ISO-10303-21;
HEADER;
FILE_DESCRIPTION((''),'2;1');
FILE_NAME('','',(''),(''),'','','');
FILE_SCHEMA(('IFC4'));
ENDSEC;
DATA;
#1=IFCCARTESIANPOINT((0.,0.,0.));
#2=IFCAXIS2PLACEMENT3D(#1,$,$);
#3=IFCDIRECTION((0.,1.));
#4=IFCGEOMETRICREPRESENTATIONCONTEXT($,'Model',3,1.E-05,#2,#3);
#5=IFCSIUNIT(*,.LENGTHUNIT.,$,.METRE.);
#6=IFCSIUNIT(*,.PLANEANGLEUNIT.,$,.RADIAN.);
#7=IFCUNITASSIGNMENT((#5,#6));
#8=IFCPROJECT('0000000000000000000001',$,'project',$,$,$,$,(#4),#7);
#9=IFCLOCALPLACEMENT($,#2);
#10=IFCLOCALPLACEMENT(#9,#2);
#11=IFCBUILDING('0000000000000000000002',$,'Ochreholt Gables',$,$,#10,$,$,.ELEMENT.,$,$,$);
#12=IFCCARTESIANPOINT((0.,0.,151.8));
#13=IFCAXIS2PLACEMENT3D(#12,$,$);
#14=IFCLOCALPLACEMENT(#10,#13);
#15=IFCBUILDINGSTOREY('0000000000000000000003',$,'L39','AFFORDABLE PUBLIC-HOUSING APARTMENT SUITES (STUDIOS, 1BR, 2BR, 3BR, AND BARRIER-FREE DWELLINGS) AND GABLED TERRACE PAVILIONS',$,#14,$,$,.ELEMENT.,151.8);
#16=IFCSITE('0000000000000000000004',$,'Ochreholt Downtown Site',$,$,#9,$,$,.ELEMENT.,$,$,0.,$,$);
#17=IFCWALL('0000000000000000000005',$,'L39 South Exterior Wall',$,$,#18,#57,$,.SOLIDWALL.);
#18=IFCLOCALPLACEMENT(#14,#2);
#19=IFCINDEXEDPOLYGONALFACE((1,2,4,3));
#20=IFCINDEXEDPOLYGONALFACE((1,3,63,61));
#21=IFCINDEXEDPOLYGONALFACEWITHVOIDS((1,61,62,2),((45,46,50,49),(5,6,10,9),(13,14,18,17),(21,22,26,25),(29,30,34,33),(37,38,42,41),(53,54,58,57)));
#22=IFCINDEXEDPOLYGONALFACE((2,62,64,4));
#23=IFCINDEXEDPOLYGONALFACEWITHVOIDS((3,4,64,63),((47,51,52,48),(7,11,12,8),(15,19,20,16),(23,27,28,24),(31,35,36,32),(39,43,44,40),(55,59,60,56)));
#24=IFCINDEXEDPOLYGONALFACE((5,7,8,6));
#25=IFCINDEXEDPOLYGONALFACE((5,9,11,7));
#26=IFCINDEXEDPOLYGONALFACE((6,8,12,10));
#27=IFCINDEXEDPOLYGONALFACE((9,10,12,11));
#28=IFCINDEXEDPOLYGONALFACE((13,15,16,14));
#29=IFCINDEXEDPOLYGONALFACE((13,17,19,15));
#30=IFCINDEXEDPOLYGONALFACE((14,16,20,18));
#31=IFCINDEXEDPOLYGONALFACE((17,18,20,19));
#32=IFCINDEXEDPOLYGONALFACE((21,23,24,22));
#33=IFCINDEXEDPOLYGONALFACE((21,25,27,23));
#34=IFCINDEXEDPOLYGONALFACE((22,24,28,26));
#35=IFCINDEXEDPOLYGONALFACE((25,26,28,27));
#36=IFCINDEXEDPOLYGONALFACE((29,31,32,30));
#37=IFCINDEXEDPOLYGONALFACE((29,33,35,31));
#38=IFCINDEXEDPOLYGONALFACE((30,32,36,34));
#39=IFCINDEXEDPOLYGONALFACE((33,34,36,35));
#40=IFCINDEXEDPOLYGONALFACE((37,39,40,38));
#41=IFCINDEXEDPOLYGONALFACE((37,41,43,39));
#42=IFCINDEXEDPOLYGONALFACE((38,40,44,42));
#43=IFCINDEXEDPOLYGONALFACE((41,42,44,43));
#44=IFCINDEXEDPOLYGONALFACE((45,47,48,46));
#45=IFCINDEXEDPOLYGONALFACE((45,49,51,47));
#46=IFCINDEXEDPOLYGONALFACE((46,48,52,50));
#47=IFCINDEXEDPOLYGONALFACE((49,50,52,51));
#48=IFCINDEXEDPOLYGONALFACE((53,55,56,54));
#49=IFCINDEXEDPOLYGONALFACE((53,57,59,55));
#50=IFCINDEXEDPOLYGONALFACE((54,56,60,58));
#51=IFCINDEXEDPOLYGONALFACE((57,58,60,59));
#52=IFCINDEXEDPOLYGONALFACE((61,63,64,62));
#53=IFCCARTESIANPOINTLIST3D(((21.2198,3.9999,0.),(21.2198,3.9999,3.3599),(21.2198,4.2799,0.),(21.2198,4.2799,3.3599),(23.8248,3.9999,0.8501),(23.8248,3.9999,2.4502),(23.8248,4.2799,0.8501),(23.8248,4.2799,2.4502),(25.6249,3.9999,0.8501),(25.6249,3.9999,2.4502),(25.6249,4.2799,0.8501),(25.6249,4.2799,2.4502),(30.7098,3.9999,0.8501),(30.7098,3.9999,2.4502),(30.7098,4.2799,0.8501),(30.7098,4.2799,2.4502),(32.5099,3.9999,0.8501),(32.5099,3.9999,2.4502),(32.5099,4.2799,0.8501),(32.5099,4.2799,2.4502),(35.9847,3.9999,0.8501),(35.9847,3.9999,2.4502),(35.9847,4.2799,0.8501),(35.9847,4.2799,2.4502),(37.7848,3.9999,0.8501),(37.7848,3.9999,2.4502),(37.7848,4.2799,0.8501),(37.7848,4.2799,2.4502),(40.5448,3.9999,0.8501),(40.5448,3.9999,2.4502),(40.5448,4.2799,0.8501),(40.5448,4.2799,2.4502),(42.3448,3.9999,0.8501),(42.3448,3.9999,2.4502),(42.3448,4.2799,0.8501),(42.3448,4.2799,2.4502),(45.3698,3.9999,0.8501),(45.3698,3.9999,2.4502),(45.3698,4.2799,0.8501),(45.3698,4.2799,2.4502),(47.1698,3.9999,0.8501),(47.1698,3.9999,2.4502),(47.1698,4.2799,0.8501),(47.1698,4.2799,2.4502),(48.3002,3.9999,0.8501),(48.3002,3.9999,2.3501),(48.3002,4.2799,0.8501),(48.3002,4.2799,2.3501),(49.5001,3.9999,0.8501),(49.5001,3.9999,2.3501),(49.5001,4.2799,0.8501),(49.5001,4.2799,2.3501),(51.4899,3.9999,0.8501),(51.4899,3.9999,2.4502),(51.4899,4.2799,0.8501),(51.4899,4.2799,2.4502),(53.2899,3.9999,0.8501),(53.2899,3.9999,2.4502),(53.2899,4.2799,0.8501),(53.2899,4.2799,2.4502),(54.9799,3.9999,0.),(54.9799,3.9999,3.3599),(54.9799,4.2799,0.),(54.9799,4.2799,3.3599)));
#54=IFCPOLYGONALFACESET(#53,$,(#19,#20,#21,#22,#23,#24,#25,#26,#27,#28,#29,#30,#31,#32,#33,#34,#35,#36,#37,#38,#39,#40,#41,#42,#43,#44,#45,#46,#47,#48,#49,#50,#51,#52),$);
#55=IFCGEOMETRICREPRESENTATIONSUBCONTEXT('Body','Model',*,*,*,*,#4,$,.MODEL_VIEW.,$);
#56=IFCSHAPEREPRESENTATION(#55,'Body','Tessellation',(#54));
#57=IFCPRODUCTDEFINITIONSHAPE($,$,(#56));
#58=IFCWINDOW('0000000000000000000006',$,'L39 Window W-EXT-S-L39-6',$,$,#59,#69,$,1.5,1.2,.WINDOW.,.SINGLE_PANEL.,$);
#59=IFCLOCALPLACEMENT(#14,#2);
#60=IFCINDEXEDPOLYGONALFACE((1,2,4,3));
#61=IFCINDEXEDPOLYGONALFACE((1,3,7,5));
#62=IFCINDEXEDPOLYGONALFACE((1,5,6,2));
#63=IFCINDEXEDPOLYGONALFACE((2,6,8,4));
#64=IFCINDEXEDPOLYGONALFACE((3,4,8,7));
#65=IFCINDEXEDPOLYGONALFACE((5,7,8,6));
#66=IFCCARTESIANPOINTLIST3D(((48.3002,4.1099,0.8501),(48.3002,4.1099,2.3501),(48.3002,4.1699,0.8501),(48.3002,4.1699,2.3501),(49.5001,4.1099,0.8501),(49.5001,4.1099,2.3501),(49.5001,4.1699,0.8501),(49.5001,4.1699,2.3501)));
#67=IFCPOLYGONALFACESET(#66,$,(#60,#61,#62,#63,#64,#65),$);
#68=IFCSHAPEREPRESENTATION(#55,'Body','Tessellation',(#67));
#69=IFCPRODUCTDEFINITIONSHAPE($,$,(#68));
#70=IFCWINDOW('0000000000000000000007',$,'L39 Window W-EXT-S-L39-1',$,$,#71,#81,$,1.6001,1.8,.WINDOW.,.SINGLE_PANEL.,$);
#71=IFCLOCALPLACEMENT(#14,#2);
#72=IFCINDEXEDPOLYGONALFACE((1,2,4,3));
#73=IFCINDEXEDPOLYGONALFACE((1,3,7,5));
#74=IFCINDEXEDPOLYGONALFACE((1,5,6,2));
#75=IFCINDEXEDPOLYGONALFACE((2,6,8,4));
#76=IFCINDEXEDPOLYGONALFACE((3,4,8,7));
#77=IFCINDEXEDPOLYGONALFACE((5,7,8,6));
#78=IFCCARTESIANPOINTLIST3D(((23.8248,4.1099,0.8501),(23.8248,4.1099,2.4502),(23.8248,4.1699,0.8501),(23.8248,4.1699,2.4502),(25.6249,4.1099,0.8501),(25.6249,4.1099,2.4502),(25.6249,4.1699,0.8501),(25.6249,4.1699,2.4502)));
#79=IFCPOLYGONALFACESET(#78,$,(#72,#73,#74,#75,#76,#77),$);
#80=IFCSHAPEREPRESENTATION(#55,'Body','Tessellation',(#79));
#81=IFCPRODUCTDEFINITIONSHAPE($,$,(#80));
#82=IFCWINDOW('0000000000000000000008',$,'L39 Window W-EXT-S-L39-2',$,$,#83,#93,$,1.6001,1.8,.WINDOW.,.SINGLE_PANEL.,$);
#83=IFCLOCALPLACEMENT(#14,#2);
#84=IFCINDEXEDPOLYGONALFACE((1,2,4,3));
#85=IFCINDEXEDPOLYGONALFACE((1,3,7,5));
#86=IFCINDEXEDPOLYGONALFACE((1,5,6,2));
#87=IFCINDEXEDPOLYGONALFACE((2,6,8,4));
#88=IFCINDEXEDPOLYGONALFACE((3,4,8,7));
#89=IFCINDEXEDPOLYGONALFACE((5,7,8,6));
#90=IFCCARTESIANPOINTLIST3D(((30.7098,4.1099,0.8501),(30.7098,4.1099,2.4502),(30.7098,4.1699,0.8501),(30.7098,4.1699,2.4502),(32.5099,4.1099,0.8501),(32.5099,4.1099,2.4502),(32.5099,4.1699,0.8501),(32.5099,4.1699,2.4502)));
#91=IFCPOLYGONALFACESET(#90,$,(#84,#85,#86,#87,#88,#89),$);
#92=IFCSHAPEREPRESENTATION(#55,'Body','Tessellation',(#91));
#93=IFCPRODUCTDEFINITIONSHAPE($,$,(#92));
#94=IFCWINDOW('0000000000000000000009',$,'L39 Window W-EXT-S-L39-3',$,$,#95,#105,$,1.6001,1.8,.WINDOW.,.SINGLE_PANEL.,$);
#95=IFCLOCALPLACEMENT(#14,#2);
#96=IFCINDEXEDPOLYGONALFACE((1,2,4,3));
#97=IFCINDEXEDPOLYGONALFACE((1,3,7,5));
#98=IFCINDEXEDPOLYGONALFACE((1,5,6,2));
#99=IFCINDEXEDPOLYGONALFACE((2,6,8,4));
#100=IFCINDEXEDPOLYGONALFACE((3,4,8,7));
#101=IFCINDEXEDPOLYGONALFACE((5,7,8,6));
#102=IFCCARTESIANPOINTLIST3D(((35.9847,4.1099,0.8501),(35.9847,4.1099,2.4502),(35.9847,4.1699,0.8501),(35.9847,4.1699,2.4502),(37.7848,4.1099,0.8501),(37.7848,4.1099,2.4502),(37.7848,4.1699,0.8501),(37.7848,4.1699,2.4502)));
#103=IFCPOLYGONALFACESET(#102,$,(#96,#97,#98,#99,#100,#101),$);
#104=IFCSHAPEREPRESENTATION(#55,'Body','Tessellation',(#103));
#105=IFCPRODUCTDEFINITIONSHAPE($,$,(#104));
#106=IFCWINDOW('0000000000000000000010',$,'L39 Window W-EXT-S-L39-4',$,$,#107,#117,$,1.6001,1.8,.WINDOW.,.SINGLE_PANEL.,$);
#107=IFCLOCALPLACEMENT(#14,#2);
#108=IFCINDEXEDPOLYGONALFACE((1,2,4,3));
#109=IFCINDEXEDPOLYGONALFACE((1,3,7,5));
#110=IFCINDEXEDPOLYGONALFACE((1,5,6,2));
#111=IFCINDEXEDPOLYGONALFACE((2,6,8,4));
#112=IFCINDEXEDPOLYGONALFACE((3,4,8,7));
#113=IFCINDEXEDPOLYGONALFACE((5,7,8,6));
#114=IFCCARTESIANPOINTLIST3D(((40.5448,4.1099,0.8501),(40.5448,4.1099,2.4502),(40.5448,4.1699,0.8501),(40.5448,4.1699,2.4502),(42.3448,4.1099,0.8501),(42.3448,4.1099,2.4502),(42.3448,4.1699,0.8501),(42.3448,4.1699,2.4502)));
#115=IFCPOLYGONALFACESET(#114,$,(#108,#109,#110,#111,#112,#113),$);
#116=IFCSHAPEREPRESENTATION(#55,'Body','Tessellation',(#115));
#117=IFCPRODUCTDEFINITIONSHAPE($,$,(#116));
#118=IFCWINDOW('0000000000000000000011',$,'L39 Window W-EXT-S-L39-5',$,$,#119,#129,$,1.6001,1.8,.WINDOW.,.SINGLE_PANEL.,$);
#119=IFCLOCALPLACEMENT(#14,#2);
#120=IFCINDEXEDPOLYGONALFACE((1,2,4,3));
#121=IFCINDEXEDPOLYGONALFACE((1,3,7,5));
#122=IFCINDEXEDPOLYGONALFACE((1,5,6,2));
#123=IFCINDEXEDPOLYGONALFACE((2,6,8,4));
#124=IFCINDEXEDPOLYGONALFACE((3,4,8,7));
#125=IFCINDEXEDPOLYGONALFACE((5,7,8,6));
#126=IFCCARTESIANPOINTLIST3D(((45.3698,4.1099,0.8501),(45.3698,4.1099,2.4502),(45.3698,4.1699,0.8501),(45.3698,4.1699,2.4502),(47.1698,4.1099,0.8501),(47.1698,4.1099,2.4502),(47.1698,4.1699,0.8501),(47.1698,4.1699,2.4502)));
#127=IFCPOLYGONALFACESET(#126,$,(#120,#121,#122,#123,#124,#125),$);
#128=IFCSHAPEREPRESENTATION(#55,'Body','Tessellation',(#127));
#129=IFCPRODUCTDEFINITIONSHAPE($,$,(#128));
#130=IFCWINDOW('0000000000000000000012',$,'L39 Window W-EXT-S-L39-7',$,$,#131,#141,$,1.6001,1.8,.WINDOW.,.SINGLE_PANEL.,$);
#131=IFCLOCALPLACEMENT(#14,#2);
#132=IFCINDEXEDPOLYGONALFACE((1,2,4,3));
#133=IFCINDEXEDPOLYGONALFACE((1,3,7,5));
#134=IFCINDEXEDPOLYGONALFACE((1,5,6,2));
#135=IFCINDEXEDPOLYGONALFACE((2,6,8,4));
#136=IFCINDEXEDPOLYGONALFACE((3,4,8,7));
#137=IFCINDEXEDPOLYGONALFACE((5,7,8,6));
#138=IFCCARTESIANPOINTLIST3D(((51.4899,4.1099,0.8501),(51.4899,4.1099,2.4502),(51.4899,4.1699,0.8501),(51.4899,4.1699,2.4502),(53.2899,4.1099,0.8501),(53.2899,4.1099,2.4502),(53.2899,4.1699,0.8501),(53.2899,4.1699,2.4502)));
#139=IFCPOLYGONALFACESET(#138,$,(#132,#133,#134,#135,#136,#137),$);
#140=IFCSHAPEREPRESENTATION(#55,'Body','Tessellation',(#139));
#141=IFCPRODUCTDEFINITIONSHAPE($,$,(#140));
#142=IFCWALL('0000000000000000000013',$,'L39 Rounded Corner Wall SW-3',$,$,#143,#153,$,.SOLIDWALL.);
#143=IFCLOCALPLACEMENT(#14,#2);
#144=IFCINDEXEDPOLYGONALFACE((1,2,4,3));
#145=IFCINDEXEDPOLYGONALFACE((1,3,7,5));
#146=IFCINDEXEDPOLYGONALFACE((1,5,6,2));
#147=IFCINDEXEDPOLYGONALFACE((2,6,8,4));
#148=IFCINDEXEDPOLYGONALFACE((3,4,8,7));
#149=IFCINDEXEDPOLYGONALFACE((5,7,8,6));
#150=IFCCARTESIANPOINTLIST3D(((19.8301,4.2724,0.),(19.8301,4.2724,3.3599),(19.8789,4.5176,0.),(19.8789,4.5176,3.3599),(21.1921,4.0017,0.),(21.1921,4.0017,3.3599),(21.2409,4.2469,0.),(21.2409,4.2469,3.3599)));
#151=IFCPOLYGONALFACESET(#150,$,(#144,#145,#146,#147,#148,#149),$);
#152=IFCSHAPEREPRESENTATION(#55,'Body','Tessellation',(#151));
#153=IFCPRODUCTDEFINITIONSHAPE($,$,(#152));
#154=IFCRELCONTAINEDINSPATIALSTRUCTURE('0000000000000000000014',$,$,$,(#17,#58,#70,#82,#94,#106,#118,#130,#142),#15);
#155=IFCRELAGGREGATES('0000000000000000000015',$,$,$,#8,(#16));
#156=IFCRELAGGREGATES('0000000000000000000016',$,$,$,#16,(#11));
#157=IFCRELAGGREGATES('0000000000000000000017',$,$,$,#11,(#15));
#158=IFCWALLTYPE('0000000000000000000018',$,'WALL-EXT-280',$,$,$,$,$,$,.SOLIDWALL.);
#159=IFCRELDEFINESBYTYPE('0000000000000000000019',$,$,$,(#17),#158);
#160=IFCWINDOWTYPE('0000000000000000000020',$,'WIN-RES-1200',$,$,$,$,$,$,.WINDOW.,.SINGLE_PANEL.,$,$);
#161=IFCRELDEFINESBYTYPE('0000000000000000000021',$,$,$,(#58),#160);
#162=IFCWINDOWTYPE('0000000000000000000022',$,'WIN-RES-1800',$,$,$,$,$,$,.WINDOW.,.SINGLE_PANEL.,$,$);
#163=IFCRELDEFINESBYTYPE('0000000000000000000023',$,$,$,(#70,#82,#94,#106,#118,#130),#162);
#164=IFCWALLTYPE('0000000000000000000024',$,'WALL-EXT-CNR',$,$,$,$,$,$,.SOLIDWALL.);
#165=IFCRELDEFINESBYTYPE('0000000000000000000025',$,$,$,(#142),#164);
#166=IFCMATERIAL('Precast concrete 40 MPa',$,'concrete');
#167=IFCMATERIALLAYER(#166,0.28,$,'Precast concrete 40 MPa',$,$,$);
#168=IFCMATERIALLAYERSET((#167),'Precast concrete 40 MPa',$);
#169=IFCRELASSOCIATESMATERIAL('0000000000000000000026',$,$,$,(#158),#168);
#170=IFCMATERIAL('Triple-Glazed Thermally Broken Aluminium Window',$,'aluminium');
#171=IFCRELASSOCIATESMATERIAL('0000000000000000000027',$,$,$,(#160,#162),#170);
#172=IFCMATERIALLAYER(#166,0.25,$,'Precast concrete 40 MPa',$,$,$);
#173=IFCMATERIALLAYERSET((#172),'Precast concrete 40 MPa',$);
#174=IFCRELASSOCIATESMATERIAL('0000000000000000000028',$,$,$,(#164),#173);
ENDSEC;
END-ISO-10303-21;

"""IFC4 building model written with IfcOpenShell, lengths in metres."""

from ifc_helpers import new_model, si_unit, direction, frame, frame_2d, origin, place, context, subcontext, project, spatial, rectangle, extrude, material, layer, layer_set, type_object, element, fill, save


model = new_model("IFC4")

# Units and contexts
model_context = context("Model", 3, precision=1e-05, world=origin(), true_north=direction((0.0, 1.0)))
body_context = subcontext(model_context, "Body", "Model", "MODEL_VIEW")
ifc_project = project(units=[si_unit("LENGTHUNIT", "METRE"), si_unit("PLANEANGLEUNIT", "RADIAN")], contexts=[model_context])

# Site, building, storey
site_placement = place(None, origin())
site = spatial("IfcSite", under=ifc_project, at=site_placement, Name="Ochreholt Downtown Site", CompositionType="ELEMENT", RefElevation=0.0)
building_placement = place(site_placement, origin())
building = spatial("IfcBuilding", under=site, at=building_placement, Name="Ochreholt Gables", CompositionType="ELEMENT")
storey_placement = place(building_placement, frame((0.0, 0.0, 151.8)))
storey = spatial("IfcBuildingStorey", under=building, at=storey_placement, Name="L39", Description="AFFORDABLE PUBLIC-HOUSING APARTMENT SUITES (STUDIOS, 1BR, 2BR, 3BR, AND BARRIER-FREE DWELLINGS) AND GABLED TERRACE PAVILIONS", CompositionType="ELEMENT", Elevation=151.8)

# Wall, openings, windows
ifc_material_1 = material(Name="Precast concrete 40 MPa", Category="concrete")
ifc_layer_1 = layer(ifc_material_1, 0.28, Name="Precast concrete 40 MPa")
ifc_layer_set_1 = layer_set([ifc_layer_1], Name="Precast concrete 40 MPa")
wall_type_1 = type_object("IfcWallType", Name="WALL-EXT-280", PredefinedType="SOLIDWALL", material=ifc_layer_set_1)
wall_1_placement = place(storey_placement, frame((21.22, 4.1399, 0.0), z_axis=(0.0, 0.0, 1.0), x_axis=(1.0, 0.0, 0.0)))
wall_1 = element("IfcWall", 1, at=wall_1_placement, inside=storey, type_object=wall_type_1, Name="L39 South Exterior Wall", PredefinedType="SOLIDWALL", context=body_context, shape_type="SweptSolid", body=[
    extrude(rectangle(XDim=33.76, YDim=0.28, at=frame_2d((16.8799, 0.0))), origin(), (0.0, 0.0, 1.0), 3.3599),
])
opening_1_placement = place(wall_1_placement, frame((2.605, 0.0, 0.8501)))
opening_1 = element("IfcOpeningElement", 2, at=opening_1_placement, cuts=wall_1, PredefinedType="OPENING", context=body_context, shape_type="SweptSolid", body=[
    extrude(rectangle(XDim=1.8, YDim=1.6001, at=frame_2d((0.8999, 0.8))), frame((0.0, 0.1499, 0.0), z_axis=(0.0, -1.0, 0.0), x_axis=(1.0, 0.0, 0.0)), (0.0, 0.0, 1.0), 0.3),
])
opening_2_placement = place(wall_1_placement, frame((9.49, 0.0, 0.8501)))
opening_2 = element("IfcOpeningElement", 3, at=opening_2_placement, cuts=wall_1, PredefinedType="OPENING", context=body_context, shape_type="SweptSolid", body=[
    extrude(rectangle(XDim=1.8, YDim=1.6001, at=frame_2d((0.8999, 0.8))), frame((0.0, 0.1499, 0.0), z_axis=(0.0, -1.0, 0.0), x_axis=(1.0, 0.0, 0.0)), (0.0, 0.0, 1.0), 0.3),
])
opening_3_placement = place(wall_1_placement, frame((14.7649, 0.0, 0.8501)))
opening_3 = element("IfcOpeningElement", 4, at=opening_3_placement, cuts=wall_1, PredefinedType="OPENING", context=body_context, shape_type="SweptSolid", body=[
    extrude(rectangle(XDim=1.8, YDim=1.6001, at=frame_2d((0.8999, 0.8))), frame((0.0, 0.1499, 0.0), z_axis=(0.0, -1.0, 0.0), x_axis=(1.0, 0.0, 0.0)), (0.0, 0.0, 1.0), 0.3),
])
opening_4_placement = place(wall_1_placement, frame((19.325, 0.0, 0.8501)))
opening_4 = element("IfcOpeningElement", 5, at=opening_4_placement, cuts=wall_1, PredefinedType="OPENING", context=body_context, shape_type="SweptSolid", body=[
    extrude(rectangle(XDim=1.8, YDim=1.6001, at=frame_2d((0.8999, 0.8))), frame((0.0, 0.1499, 0.0), z_axis=(0.0, -1.0, 0.0), x_axis=(1.0, 0.0, 0.0)), (0.0, 0.0, 1.0), 0.3),
])
opening_5_placement = place(wall_1_placement, frame((24.1499, 0.0, 0.8501)))
opening_5 = element("IfcOpeningElement", 6, at=opening_5_placement, cuts=wall_1, PredefinedType="OPENING", context=body_context, shape_type="SweptSolid", body=[
    extrude(rectangle(XDim=1.8, YDim=1.6001, at=frame_2d((0.8999, 0.8))), frame((0.0, 0.1499, 0.0), z_axis=(0.0, -1.0, 0.0), x_axis=(1.0, 0.0, 0.0)), (0.0, 0.0, 1.0), 0.3),
])
opening_6_placement = place(wall_1_placement, frame((27.0801, 0.0, 0.8501)))
opening_6 = element("IfcOpeningElement", 7, at=opening_6_placement, cuts=wall_1, PredefinedType="OPENING", context=body_context, shape_type="SweptSolid", body=[
    extrude(rectangle(XDim=1.2, YDim=1.5, at=frame_2d((0.6001, 0.75))), frame((0.0, 0.1499, 0.0), z_axis=(0.0, -1.0, 0.0), x_axis=(1.0, 0.0, 0.0)), (0.0, 0.0, 1.0), 0.3),
])
opening_7_placement = place(wall_1_placement, frame((30.27, 0.0, 0.8501)))
opening_7 = element("IfcOpeningElement", 8, at=opening_7_placement, cuts=wall_1, PredefinedType="OPENING", context=body_context, shape_type="SweptSolid", body=[
    extrude(rectangle(XDim=1.8, YDim=1.6001, at=frame_2d((0.8999, 0.8))), frame((0.0, 0.1499, 0.0), z_axis=(0.0, -1.0, 0.0), x_axis=(1.0, 0.0, 0.0)), (0.0, 0.0, 1.0), 0.3),
])
ifc_material_2 = material(Name="Triple-Glazed Thermally Broken Aluminium Window", Category="aluminium")
window_type_1 = type_object("IfcWindowType", Name="WIN-RES-1200", PartitioningType="SINGLE_PANEL", PredefinedType="WINDOW", material=ifc_material_2)
window_1_placement = place(opening_6_placement, origin())
window_1 = element("IfcWindow", 9, at=window_1_placement, inside=storey, type_object=window_type_1, Name="L39 Window W-EXT-S-L39-6", OverallHeight=1.5, OverallWidth=1.2, PartitioningType="SINGLE_PANEL", PredefinedType="WINDOW", context=body_context, shape_type="SweptSolid", body=[
    extrude(rectangle(XDim=1.2, YDim=1.5, at=frame_2d((0.6001, 0.75))), frame((0.0, 0.03, 0.0), z_axis=(0.0, -1.0, 0.0), x_axis=(1.0, 0.0, 0.0)), (0.0, 0.0, 1.0), 0.0601),
])
fill(opening_6, window_1)
window_type_2 = type_object("IfcWindowType", Name="WIN-RES-1800", PartitioningType="SINGLE_PANEL", PredefinedType="WINDOW", material=ifc_material_2)
window_2_placement = place(opening_1_placement, origin())
window_2 = element("IfcWindow", 10, at=window_2_placement, inside=storey, type_object=window_type_2, Name="L39 Window W-EXT-S-L39-1", OverallHeight=1.6001, OverallWidth=1.8, PartitioningType="SINGLE_PANEL", PredefinedType="WINDOW", context=body_context, shape_type="SweptSolid", body=[
    extrude(rectangle(XDim=1.8, YDim=1.6001, at=frame_2d((0.8999, 0.8))), frame((0.0, 0.03, 0.0), z_axis=(0.0, -1.0, 0.0), x_axis=(1.0, 0.0, 0.0)), (0.0, 0.0, 1.0), 0.0601),
])
fill(opening_1, window_2)
window_3_placement = place(opening_2_placement, origin())
window_3 = element("IfcWindow", 11, at=window_3_placement, inside=storey, type_object=window_type_2, Name="L39 Window W-EXT-S-L39-2", OverallHeight=1.6001, OverallWidth=1.8, PartitioningType="SINGLE_PANEL", PredefinedType="WINDOW", context=body_context, shape_type="SweptSolid", body=[
    extrude(rectangle(XDim=1.8, YDim=1.6001, at=frame_2d((0.8999, 0.8))), frame((0.0, 0.03, 0.0), z_axis=(0.0, -1.0, 0.0), x_axis=(1.0, 0.0, 0.0)), (0.0, 0.0, 1.0), 0.0601),
])
fill(opening_2, window_3)
window_4_placement = place(opening_3_placement, origin())
window_4 = element("IfcWindow", 12, at=window_4_placement, inside=storey, type_object=window_type_2, Name="L39 Window W-EXT-S-L39-3", OverallHeight=1.6001, OverallWidth=1.8, PartitioningType="SINGLE_PANEL", PredefinedType="WINDOW", context=body_context, shape_type="SweptSolid", body=[
    extrude(rectangle(XDim=1.8, YDim=1.6001, at=frame_2d((0.8999, 0.8))), frame((0.0, 0.03, 0.0), z_axis=(0.0, -1.0, 0.0), x_axis=(1.0, 0.0, 0.0)), (0.0, 0.0, 1.0), 0.0601),
])
fill(opening_3, window_4)
window_5_placement = place(opening_4_placement, origin())
window_5 = element("IfcWindow", 13, at=window_5_placement, inside=storey, type_object=window_type_2, Name="L39 Window W-EXT-S-L39-4", OverallHeight=1.6001, OverallWidth=1.8, PartitioningType="SINGLE_PANEL", PredefinedType="WINDOW", context=body_context, shape_type="SweptSolid", body=[
    extrude(rectangle(XDim=1.8, YDim=1.6001, at=frame_2d((0.8999, 0.8))), frame((0.0, 0.03, 0.0), z_axis=(0.0, -1.0, 0.0), x_axis=(1.0, 0.0, 0.0)), (0.0, 0.0, 1.0), 0.0601),
])
fill(opening_4, window_5)
window_6_placement = place(opening_5_placement, origin())
window_6 = element("IfcWindow", 14, at=window_6_placement, inside=storey, type_object=window_type_2, Name="L39 Window W-EXT-S-L39-5", OverallHeight=1.6001, OverallWidth=1.8, PartitioningType="SINGLE_PANEL", PredefinedType="WINDOW", context=body_context, shape_type="SweptSolid", body=[
    extrude(rectangle(XDim=1.8, YDim=1.6001, at=frame_2d((0.8999, 0.8))), frame((0.0, 0.03, 0.0), z_axis=(0.0, -1.0, 0.0), x_axis=(1.0, 0.0, 0.0)), (0.0, 0.0, 1.0), 0.0601),
])
fill(opening_5, window_6)
window_7_placement = place(opening_7_placement, origin())
window_7 = element("IfcWindow", 15, at=window_7_placement, inside=storey, type_object=window_type_2, Name="L39 Window W-EXT-S-L39-7", OverallHeight=1.6001, OverallWidth=1.8, PartitioningType="SINGLE_PANEL", PredefinedType="WINDOW", context=body_context, shape_type="SweptSolid", body=[
    extrude(rectangle(XDim=1.8, YDim=1.6001, at=frame_2d((0.8999, 0.8))), frame((0.0, 0.03, 0.0), z_axis=(0.0, -1.0, 0.0), x_axis=(1.0, 0.0, 0.0)), (0.0, 0.0, 1.0), 0.0601),
])
fill(opening_7, window_7)

# Wall
ifc_layer_2 = layer(ifc_material_1, 0.25, Name="Precast concrete 40 MPa")
ifc_layer_set_2 = layer_set([ifc_layer_2], Name="Precast concrete 40 MPa")
wall_type_2 = type_object("IfcWallType", Name="WALL-EXT-CNR", PredefinedType="SOLIDWALL", material=ifc_layer_set_2)
wall_2_placement = place(storey_placement, frame((19.8545, 4.395, 0.0), z_axis=(0.0, 0.0, 1.0), x_axis=(0.98081, -0.194967, 0.0)))
element("IfcWall", 16, at=wall_2_placement, inside=storey, type_object=wall_type_2, Name="L39 Rounded Corner Wall SW-3", PredefinedType="SOLIDWALL", context=body_context, shape_type="SweptSolid", body=[
    extrude(rectangle(XDim=1.3887, YDim=0.25, at=frame_2d((0.6943, 0.0))), origin(), (0.0, 0.0, 1.0), 3.3599),
])

save(model, "model.ifc")
